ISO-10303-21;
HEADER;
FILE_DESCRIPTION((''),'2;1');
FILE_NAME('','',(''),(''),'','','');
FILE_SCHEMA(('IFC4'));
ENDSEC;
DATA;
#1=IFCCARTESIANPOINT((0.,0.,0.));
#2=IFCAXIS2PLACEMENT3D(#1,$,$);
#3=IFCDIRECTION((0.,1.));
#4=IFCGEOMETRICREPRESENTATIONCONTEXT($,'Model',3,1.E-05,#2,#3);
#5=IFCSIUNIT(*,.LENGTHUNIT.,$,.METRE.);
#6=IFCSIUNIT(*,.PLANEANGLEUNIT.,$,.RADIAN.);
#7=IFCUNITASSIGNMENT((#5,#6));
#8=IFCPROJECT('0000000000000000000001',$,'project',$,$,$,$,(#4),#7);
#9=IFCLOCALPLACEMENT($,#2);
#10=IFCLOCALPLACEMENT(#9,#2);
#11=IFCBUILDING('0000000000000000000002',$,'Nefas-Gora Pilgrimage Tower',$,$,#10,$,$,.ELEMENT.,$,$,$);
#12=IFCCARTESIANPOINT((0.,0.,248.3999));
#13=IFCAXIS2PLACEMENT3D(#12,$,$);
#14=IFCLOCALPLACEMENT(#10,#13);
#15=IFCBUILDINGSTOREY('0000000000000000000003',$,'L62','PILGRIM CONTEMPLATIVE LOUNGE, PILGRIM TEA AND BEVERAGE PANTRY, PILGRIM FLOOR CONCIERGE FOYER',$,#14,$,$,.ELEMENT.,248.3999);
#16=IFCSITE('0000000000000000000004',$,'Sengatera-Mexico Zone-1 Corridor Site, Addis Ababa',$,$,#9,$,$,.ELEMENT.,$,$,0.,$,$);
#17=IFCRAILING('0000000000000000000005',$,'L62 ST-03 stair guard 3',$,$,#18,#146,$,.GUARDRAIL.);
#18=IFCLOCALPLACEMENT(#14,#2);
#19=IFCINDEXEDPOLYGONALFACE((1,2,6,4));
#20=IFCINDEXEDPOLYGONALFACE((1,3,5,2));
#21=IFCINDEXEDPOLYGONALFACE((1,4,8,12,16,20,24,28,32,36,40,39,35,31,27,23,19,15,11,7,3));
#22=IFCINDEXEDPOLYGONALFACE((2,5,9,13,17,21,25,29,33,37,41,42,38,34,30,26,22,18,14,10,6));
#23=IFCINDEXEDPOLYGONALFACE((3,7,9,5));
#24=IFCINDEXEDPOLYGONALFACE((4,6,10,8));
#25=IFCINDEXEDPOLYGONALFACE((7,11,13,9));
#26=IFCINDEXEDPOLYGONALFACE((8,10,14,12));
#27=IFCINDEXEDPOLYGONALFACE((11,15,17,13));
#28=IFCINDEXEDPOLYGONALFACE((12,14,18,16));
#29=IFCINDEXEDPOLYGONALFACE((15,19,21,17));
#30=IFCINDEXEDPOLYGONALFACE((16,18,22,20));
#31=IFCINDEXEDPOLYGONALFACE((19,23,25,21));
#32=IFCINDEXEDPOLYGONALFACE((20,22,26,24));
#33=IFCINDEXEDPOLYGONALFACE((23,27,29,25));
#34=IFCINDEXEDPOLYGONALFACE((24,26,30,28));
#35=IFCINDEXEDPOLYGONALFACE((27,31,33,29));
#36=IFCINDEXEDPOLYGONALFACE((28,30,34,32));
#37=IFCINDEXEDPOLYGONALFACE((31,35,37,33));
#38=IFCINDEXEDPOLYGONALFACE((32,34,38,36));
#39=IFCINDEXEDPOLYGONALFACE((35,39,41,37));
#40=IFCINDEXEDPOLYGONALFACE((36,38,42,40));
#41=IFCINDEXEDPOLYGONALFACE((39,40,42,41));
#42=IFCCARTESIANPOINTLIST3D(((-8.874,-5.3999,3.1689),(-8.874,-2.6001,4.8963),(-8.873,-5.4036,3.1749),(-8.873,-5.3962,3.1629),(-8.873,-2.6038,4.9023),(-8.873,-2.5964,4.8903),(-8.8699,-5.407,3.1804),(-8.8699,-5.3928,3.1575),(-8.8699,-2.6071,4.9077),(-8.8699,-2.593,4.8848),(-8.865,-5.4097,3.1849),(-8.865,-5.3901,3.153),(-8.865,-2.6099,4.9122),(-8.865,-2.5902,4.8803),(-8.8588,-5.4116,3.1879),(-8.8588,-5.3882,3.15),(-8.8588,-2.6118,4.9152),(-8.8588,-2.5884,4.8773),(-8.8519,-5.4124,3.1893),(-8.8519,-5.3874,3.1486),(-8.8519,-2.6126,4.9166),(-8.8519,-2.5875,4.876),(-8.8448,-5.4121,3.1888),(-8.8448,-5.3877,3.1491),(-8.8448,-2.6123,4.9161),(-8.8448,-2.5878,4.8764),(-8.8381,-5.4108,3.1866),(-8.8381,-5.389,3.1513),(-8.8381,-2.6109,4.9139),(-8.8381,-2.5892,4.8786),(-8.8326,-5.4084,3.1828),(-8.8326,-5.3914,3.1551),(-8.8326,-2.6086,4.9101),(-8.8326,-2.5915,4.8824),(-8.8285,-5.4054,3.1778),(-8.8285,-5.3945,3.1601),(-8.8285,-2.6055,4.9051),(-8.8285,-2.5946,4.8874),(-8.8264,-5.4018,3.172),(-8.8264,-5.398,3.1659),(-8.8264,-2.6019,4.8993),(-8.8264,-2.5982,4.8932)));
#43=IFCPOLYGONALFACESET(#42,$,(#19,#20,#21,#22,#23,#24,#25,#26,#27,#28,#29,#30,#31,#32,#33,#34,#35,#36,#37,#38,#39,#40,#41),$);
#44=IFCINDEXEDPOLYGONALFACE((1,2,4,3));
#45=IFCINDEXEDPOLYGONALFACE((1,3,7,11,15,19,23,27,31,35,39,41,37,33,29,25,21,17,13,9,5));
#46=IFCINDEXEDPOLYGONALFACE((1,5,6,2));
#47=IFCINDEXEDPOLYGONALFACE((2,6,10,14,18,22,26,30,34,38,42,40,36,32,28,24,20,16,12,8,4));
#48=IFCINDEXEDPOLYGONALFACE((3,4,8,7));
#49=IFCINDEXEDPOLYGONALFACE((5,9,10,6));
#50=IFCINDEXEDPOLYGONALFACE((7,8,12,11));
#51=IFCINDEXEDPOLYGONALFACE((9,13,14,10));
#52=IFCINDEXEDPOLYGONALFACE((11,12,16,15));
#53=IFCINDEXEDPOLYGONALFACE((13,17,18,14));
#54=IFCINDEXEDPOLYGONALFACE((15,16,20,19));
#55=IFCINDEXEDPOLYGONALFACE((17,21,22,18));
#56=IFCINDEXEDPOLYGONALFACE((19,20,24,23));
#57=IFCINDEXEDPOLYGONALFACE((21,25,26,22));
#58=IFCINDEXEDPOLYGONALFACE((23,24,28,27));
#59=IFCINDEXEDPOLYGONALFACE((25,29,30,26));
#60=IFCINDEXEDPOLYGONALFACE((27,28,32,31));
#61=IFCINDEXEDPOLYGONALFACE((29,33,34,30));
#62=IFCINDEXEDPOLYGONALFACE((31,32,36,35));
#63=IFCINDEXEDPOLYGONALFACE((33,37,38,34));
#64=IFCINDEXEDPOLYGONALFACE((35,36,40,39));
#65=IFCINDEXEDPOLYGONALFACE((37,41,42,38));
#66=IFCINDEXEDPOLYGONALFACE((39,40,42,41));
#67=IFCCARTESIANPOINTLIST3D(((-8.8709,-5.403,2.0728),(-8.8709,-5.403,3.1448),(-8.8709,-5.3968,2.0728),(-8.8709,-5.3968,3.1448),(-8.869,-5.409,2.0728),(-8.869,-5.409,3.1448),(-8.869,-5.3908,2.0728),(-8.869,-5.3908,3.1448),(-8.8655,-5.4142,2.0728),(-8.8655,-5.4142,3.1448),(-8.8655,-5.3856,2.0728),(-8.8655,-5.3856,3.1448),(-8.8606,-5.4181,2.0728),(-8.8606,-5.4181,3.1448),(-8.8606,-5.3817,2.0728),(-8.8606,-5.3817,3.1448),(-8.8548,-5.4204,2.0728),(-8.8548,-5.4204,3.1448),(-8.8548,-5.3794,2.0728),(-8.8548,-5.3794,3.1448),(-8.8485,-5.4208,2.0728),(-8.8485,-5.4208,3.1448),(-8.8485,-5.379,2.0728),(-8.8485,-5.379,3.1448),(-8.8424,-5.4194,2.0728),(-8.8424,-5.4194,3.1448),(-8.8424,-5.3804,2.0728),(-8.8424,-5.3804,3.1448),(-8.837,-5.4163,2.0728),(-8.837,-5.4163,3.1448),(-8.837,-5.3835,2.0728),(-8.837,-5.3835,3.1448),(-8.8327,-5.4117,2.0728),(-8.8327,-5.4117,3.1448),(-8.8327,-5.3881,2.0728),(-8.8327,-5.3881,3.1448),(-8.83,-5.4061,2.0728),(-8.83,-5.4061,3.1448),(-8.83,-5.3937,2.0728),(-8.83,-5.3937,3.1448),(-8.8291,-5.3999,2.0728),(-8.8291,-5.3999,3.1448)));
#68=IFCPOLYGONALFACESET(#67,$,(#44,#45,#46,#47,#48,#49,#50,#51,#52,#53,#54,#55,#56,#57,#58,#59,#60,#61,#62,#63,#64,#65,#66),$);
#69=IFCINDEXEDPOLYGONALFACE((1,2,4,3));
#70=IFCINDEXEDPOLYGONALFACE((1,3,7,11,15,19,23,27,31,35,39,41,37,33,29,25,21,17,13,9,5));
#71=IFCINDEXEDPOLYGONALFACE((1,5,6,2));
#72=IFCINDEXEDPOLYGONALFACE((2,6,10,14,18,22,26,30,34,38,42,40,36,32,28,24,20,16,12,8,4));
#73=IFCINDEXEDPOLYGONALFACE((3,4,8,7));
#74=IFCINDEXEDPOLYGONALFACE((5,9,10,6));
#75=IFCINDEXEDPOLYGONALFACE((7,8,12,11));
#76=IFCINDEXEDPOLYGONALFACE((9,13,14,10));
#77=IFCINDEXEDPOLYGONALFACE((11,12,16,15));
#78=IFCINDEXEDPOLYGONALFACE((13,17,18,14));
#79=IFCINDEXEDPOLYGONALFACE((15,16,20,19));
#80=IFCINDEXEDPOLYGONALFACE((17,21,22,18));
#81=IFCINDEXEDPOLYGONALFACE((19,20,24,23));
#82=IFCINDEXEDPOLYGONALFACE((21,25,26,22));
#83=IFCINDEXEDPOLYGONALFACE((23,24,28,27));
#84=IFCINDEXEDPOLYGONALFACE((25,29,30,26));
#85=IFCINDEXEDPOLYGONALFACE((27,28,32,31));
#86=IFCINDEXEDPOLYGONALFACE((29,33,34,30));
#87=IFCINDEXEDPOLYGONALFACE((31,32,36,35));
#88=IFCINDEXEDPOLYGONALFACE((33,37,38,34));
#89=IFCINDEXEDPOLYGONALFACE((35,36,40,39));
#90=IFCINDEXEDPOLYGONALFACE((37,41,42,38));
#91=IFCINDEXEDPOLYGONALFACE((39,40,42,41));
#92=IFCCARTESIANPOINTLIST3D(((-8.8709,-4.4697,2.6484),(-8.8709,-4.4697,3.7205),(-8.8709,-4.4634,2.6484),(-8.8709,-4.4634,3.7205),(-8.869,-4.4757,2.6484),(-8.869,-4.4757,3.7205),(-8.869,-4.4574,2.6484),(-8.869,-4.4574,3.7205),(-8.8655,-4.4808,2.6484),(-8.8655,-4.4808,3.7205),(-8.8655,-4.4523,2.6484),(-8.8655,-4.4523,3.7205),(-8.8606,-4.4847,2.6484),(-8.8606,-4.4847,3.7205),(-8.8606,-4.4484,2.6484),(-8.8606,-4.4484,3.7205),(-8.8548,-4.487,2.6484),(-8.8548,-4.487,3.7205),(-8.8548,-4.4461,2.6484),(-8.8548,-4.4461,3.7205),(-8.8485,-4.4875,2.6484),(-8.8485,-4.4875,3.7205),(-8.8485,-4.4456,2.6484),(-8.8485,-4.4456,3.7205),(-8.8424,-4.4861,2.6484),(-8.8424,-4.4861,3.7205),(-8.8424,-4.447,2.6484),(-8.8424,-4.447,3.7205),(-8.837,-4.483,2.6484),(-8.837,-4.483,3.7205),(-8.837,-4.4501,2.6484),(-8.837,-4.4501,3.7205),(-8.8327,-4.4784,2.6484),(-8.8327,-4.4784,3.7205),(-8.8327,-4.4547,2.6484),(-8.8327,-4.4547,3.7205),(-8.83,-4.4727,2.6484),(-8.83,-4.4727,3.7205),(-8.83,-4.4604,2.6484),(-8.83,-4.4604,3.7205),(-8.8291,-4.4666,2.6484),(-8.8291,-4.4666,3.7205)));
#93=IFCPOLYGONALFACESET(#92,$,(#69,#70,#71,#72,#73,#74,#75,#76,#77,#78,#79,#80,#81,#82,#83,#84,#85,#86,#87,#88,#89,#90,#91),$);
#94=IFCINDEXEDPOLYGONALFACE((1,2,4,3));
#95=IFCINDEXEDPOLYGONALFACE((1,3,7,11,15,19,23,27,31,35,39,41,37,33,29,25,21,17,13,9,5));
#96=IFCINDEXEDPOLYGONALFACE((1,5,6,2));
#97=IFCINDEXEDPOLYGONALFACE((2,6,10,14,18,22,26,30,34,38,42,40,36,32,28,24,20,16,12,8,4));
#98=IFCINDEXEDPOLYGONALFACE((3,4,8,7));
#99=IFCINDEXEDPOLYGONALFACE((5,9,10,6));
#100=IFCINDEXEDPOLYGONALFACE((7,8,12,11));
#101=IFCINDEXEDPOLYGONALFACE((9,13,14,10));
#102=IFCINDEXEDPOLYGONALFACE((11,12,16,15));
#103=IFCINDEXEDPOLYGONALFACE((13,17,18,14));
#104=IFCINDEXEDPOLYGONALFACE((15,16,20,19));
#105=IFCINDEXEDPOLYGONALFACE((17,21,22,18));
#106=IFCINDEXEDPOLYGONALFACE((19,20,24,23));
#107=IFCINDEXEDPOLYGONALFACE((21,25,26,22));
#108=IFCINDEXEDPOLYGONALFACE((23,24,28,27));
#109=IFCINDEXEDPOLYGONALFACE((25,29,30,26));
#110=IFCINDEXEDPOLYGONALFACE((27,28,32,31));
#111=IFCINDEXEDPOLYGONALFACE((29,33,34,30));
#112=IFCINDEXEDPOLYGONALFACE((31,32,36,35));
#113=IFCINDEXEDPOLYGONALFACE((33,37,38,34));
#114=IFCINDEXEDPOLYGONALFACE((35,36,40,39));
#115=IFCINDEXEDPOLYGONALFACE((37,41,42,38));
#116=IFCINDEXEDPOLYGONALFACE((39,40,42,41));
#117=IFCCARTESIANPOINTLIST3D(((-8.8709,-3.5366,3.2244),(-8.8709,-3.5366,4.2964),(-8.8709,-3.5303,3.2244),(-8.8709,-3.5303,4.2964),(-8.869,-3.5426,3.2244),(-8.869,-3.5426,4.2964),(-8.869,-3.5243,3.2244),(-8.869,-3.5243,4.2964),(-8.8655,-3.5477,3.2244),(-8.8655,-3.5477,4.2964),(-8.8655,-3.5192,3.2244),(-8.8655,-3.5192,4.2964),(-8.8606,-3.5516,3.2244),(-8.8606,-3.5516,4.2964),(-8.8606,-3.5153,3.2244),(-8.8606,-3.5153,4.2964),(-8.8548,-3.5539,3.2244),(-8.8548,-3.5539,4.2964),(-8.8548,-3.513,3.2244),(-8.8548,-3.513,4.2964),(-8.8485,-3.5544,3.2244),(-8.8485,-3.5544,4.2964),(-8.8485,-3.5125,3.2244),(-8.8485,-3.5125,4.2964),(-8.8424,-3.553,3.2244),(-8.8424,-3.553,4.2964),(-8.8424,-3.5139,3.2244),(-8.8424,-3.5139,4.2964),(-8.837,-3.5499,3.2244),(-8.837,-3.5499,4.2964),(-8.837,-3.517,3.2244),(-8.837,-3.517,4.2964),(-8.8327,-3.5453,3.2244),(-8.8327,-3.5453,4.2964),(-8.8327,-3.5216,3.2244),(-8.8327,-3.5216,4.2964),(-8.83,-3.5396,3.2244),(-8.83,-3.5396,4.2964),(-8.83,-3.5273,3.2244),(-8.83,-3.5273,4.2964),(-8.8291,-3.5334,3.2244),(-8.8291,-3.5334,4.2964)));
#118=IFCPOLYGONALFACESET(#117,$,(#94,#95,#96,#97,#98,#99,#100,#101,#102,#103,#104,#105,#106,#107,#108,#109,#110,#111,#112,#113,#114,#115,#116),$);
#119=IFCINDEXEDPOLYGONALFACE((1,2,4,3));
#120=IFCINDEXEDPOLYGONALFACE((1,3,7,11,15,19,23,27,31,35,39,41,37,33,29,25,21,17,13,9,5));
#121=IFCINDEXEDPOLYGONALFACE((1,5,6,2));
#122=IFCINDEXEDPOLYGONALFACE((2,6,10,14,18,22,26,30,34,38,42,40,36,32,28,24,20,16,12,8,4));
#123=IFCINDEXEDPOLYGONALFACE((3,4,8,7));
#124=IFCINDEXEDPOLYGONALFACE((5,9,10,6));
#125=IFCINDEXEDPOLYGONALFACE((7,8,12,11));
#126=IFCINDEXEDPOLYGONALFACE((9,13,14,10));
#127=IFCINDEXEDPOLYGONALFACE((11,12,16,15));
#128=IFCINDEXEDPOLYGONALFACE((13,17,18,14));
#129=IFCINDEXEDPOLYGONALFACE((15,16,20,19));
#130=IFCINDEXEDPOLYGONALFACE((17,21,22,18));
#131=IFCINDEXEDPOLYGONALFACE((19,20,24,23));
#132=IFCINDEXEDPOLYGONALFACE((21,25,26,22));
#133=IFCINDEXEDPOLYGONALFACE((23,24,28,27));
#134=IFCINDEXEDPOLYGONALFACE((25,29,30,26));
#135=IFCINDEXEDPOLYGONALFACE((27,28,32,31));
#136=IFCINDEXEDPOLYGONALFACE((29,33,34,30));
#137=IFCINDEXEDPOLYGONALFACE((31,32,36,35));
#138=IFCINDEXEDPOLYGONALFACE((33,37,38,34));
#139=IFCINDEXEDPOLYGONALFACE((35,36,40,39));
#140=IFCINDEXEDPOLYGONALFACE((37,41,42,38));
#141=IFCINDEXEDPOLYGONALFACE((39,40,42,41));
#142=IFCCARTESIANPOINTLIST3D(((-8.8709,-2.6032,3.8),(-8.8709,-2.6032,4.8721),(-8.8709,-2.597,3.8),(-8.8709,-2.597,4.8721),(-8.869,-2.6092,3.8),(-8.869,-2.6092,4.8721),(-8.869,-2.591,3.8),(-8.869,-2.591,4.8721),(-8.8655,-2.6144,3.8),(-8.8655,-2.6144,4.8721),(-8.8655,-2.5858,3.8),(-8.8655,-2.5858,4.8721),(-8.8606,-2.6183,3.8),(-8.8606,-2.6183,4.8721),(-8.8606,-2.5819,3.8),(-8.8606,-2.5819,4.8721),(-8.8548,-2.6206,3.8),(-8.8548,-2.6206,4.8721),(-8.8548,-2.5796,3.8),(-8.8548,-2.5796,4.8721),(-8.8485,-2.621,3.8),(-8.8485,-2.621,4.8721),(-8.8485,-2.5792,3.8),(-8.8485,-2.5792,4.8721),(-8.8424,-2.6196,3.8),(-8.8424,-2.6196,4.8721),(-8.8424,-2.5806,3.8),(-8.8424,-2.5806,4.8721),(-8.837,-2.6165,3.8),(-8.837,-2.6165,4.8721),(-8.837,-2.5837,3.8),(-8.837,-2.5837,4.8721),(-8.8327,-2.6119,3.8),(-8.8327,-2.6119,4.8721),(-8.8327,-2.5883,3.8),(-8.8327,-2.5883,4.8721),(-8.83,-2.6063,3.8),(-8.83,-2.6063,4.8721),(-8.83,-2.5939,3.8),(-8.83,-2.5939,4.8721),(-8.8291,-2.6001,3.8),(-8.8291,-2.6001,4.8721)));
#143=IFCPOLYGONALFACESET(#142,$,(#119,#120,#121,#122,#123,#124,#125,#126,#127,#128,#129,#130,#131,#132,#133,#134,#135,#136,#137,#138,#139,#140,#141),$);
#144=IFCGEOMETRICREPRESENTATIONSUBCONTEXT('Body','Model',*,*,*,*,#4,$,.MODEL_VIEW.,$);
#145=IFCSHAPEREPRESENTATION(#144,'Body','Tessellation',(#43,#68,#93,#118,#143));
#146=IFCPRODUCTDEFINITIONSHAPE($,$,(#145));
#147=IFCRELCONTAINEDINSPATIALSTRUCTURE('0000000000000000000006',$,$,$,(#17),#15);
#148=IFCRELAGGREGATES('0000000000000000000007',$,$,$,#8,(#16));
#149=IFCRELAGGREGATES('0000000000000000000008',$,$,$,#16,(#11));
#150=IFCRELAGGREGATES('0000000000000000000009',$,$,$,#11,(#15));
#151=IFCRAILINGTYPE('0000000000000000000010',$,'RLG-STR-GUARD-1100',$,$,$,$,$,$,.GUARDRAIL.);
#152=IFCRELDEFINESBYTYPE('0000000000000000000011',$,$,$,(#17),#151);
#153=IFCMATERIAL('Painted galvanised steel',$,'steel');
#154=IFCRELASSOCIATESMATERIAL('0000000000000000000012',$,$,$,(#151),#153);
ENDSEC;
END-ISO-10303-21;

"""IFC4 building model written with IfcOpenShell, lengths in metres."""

from ifc_helpers import new_model, si_unit, direction, frame, origin, origin_2d, place, context, subcontext, project, spatial, circle, extrude, material, type_object, element, save


model = new_model("IFC4")

# Units and contexts
model_context = context("Model", 3, precision=1e-05, world=origin(), true_north=direction((0.0, 1.0)))
body_context = subcontext(model_context, "Body", "Model", "MODEL_VIEW")
ifc_project = project(units=[si_unit("LENGTHUNIT", "METRE"), si_unit("PLANEANGLEUNIT", "RADIAN")], contexts=[model_context])

# Site, building, storey
site_placement = place(None, origin())
site = spatial("IfcSite", under=ifc_project, at=site_placement, Name="Sengatera-Mexico Zone-1 Corridor Site, Addis Ababa", CompositionType="ELEMENT", RefElevation=0.0)
building_placement = place(site_placement, origin())
building = spatial("IfcBuilding", under=site, at=building_placement, Name="Nefas-Gora Pilgrimage Tower", CompositionType="ELEMENT")
storey_placement = place(building_placement, frame((0.0, 0.0, 248.3999)))
storey = spatial("IfcBuildingStorey", under=building, at=storey_placement, Name="L62", Description="PILGRIM CONTEMPLATIVE LOUNGE, PILGRIM TEA AND BEVERAGE PANTRY, PILGRIM FLOOR CONCIERGE FOYER", CompositionType="ELEMENT", Elevation=248.3999)

# Railing
ifc_material_1 = material(Name="Painted galvanised steel", Category="steel")
railing_type_1 = type_object("IfcRailingType", Name="RLG-STR-GUARD-1100", PredefinedType="GUARDRAIL", material=ifc_material_1)
railing_1_placement = place(storey_placement, frame((-8.8501, -5.3999, 2.0728)))
element("IfcRailing", 1, at=railing_1_placement, inside=storey, type_object=railing_type_1, Name="L62 ST-03 stair guard 3", PredefinedType="GUARDRAIL", context=body_context, shape_type="SweptSolid", body=[
    extrude(circle(Radius=0.0239, at=origin_2d()), frame((0.0, 0.0, 1.0962), z_axis=(0.0, 0.851069, 0.525054), x_axis=(-1.0, 0.0, 0.0)), (0.0, 0.0, 1.0), 3.2898),
    extrude(circle(Radius=0.021, at=origin_2d()), origin(), (0.0, 0.0, 1.0), 1.072),
    extrude(circle(Radius=0.021, at=origin_2d()), frame((0.0, 0.9333, 0.5757)), (0.0, 0.0, 1.0), 1.072),
    extrude(circle(Radius=0.021, at=origin_2d()), frame((0.0, 1.8665, 1.1516)), (0.0, 0.0, 1.0), 1.072),
    extrude(circle(Radius=0.021, at=origin_2d()), frame((0.0, 2.7998, 1.7273)), (0.0, 0.0, 1.0), 1.072),
])

save(model, "model.ifc")
